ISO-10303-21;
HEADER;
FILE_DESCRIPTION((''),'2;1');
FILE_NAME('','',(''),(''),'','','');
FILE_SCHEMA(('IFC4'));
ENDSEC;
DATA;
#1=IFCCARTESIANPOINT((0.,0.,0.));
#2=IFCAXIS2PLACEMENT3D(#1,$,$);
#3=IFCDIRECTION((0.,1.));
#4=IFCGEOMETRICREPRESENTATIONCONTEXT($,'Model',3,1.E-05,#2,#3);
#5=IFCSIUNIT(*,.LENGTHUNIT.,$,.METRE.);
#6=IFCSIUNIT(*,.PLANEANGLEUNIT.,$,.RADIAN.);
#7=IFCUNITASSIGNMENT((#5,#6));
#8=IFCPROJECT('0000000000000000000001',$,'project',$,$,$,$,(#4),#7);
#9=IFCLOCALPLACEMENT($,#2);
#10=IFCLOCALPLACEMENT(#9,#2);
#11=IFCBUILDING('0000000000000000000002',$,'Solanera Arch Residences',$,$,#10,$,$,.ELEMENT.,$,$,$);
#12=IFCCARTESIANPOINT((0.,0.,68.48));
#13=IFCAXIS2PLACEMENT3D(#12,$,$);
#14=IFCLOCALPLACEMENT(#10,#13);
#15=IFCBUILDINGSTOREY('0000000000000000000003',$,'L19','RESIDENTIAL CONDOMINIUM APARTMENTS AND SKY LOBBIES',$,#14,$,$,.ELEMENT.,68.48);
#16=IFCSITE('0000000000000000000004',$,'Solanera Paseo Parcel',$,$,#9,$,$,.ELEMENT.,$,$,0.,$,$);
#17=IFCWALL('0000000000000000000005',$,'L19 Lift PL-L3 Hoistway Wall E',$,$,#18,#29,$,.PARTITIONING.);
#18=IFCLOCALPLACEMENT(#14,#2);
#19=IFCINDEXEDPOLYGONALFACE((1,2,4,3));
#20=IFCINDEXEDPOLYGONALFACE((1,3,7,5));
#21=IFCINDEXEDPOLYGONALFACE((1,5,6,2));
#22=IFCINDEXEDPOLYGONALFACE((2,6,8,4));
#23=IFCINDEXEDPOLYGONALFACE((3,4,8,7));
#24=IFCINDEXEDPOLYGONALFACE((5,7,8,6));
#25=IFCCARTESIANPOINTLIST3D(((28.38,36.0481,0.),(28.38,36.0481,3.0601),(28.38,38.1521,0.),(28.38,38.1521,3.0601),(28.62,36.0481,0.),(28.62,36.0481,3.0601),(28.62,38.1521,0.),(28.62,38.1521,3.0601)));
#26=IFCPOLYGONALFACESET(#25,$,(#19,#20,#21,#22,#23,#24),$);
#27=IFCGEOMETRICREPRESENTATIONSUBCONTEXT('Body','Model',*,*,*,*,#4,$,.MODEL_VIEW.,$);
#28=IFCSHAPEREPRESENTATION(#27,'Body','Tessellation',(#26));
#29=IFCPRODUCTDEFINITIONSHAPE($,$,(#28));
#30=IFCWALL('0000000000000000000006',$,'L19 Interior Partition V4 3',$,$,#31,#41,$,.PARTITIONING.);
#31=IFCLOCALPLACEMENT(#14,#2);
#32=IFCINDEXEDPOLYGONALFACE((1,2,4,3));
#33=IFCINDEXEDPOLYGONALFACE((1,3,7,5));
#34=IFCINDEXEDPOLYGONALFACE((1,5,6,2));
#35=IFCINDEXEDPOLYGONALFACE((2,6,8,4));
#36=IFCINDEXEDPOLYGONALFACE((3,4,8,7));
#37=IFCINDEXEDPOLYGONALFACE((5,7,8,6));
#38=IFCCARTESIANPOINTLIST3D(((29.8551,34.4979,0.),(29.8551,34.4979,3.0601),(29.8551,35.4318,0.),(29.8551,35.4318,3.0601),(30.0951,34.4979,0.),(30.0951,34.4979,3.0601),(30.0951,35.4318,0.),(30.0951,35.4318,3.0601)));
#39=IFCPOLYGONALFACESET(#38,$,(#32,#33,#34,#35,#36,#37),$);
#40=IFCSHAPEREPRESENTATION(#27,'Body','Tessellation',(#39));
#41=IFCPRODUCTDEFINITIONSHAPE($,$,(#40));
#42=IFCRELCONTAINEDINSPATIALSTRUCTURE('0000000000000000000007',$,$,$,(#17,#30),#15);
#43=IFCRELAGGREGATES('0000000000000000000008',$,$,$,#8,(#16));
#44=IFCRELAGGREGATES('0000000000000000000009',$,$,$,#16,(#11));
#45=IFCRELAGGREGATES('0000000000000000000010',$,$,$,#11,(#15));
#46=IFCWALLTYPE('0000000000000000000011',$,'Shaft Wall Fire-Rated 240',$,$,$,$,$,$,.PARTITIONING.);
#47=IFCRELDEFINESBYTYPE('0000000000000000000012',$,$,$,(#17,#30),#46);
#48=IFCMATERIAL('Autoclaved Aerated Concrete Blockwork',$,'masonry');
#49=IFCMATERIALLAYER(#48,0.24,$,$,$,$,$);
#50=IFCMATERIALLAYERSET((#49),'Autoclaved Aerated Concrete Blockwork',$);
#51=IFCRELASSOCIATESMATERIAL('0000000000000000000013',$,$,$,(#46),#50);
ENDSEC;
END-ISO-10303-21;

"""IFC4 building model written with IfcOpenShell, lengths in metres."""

from ifc_helpers import new_model, si_unit, direction, frame, frame_2d, origin, place, context, subcontext, project, spatial, rectangle, extrude, material, layer, layer_set, type_object, element, save


model = new_model("IFC4")

# Units and contexts
model_context = context("Model", 3, precision=1e-05, world=origin(), true_north=direction((0.0, 1.0)))
body_context = subcontext(model_context, "Body", "Model", "MODEL_VIEW")
ifc_project = project(units=[si_unit("LENGTHUNIT", "METRE"), si_unit("PLANEANGLEUNIT", "RADIAN")], contexts=[model_context])

# Site, building, storey
site_placement = place(None, origin())
site = spatial("IfcSite", under=ifc_project, at=site_placement, Name="Solanera Paseo Parcel", CompositionType="ELEMENT", RefElevation=0.0)
building_placement = place(site_placement, origin())
building = spatial("IfcBuilding", under=site, at=building_placement, Name="Solanera Arch Residences", CompositionType="ELEMENT")
storey_placement = place(building_placement, frame((0.0, 0.0, 68.48)))
storey = spatial("IfcBuildingStorey", under=building, at=storey_placement, Name="L19", Description="RESIDENTIAL CONDOMINIUM APARTMENTS AND SKY LOBBIES", CompositionType="ELEMENT", Elevation=68.48)

# Wall
ifc_material_1 = material(Name="Autoclaved Aerated Concrete Blockwork", Category="masonry")
ifc_layer_1 = layer(ifc_material_1, 0.24)
ifc_layer_set_1 = layer_set([ifc_layer_1], Name="Autoclaved Aerated Concrete Blockwork")
wall_type_1 = type_object("IfcWallType", Name="Shaft Wall Fire-Rated 240", PredefinedType="PARTITIONING", material=ifc_layer_set_1)
for number, where, z_axis, x_axis, name in (
    (1, (28.5, 36.0481, 0.0), (0.0, 0.0, 1.0), (0.0, 1.0, 0.0), "L19 Lift PL-L3 Hoistway Wall E"),
):
    element("IfcWall", number, at=place(storey_placement, frame(where, z_axis=z_axis, x_axis=x_axis)), inside=storey, type_object=wall_type_1, Name=name, PredefinedType="PARTITIONING", context=body_context, shape_type="SweptSolid", body=[
        extrude(rectangle(XDim=2.104, YDim=0.24, at=frame_2d((1.052, 0.0))), origin(), (0.0, 0.0, 1.0), 3.0601),
    ])

# Wall
wall_1_placement = place(storey_placement, frame((29.9751, 34.498, 0.0), z_axis=(0.0, 0.0, 1.0), x_axis=(0.0, 1.0, 0.0)))
element("IfcWall", 2, at=wall_1_placement, inside=storey, type_object=wall_type_1, Name="L19 Interior Partition V4 3", PredefinedType="PARTITIONING", context=body_context, shape_type="SweptSolid", body=[
    extrude(rectangle(XDim=0.9338, YDim=0.24, at=frame_2d((0.4668, 0.0))), origin(), (0.0, 0.0, 1.0), 3.0601),
])

save(model, "model.ifc")
